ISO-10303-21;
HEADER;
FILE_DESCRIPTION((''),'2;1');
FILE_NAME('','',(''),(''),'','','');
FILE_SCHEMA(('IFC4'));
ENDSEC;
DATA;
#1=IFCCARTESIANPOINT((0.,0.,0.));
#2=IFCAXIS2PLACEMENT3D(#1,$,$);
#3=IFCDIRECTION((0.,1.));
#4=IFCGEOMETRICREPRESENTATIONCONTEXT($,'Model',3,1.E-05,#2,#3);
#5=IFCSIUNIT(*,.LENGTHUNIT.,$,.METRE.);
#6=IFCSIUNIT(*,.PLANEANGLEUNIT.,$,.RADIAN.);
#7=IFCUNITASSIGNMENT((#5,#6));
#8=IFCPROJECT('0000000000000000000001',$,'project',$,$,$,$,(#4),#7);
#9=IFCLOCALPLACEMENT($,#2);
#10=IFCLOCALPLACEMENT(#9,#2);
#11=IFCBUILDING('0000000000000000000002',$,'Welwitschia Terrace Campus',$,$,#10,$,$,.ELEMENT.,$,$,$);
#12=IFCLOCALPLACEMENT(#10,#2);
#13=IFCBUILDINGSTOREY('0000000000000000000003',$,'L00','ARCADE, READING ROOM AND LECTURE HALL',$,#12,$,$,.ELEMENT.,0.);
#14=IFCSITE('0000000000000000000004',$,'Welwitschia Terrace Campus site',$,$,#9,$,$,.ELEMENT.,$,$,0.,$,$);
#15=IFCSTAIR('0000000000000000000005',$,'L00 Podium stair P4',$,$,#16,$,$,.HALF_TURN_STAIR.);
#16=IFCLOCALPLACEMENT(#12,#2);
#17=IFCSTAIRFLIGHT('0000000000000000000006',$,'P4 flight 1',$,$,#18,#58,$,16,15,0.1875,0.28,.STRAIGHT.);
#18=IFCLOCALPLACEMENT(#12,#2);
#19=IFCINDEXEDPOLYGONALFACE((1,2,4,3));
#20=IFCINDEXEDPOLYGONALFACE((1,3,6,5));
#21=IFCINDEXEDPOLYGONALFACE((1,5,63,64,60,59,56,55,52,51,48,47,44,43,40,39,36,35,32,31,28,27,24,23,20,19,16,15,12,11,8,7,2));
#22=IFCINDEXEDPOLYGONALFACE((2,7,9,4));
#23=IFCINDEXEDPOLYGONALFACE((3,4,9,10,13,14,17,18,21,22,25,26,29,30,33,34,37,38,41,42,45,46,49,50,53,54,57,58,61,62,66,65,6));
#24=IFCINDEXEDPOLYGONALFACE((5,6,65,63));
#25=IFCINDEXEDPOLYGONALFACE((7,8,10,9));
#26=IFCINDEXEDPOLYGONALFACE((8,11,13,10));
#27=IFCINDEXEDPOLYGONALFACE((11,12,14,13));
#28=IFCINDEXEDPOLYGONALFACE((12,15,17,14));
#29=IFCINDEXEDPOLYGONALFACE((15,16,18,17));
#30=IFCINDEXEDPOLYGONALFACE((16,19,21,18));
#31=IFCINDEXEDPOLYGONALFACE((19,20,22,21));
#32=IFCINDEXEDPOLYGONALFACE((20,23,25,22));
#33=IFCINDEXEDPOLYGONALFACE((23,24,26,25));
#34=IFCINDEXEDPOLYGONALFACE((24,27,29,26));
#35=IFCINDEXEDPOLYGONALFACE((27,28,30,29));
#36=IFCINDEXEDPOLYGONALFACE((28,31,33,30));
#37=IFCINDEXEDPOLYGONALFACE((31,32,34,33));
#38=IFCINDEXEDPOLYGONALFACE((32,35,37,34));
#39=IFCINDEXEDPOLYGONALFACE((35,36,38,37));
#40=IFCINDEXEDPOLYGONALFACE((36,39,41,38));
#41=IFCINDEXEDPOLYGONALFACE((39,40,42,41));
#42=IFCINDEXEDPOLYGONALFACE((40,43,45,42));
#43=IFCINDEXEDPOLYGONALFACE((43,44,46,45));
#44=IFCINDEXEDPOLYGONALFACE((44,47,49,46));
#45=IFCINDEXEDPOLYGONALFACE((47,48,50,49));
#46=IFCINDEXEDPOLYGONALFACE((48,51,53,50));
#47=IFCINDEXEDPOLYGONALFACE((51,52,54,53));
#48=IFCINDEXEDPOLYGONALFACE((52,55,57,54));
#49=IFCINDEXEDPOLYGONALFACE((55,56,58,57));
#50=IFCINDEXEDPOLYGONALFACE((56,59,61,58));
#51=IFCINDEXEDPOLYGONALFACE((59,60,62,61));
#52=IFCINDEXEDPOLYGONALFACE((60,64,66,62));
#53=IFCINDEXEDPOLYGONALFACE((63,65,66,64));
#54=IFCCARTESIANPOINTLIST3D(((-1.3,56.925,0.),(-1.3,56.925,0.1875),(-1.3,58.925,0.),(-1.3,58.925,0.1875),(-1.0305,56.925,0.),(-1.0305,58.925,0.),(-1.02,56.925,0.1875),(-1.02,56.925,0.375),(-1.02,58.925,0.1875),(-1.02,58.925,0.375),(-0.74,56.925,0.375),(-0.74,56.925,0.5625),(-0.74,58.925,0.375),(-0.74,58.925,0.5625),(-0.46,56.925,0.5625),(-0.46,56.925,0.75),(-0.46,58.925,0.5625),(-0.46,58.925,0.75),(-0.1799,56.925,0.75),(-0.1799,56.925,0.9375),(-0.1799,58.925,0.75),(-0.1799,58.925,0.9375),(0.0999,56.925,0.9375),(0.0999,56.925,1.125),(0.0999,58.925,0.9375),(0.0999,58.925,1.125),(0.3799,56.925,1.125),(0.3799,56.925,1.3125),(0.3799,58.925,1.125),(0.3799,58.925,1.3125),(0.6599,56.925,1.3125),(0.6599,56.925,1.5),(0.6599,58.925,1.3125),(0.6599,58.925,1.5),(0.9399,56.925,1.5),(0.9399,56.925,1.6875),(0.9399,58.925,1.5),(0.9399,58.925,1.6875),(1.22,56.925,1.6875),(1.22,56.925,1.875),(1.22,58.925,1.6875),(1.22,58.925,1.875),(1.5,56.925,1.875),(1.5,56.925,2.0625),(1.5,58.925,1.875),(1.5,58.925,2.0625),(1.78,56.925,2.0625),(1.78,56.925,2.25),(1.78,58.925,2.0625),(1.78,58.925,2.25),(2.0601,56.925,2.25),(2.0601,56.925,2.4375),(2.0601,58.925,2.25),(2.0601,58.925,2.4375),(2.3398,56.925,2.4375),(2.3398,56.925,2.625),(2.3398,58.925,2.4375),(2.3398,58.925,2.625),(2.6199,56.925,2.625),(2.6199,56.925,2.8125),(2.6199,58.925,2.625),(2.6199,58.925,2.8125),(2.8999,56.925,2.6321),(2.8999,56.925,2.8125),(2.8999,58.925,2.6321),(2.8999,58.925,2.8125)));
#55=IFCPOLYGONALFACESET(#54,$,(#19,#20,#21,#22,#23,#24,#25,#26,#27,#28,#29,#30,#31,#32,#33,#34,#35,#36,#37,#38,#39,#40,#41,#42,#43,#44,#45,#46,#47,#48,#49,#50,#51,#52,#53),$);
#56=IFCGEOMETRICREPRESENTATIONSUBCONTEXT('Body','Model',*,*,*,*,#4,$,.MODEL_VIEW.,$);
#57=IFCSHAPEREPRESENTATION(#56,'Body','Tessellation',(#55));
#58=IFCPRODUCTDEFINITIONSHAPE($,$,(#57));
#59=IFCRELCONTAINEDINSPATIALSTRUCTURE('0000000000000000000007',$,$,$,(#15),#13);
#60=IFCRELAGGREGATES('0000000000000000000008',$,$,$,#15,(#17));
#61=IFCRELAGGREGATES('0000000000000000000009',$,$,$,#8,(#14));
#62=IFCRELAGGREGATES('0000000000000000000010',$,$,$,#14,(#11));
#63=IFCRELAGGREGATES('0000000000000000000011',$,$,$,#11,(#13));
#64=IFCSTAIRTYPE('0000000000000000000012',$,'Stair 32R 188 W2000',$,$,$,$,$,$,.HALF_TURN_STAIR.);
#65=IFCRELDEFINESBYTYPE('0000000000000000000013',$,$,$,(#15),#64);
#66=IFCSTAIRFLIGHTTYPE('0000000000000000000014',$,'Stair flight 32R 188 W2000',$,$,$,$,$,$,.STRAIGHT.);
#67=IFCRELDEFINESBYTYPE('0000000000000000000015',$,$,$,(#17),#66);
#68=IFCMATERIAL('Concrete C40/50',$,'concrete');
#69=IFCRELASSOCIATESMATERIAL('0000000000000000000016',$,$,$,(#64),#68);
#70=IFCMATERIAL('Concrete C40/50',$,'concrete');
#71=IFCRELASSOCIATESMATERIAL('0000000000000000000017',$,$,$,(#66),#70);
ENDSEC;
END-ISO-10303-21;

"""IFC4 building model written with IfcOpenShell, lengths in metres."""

from ifc_helpers import new_model, si_unit, direction, frame, origin, place, context, subcontext, project, spatial, polyline, outline, extrude, material, type_object, element, aggregate, save


model = new_model("IFC4")

# Units and contexts
model_context = context("Model", 3, precision=1e-05, world=origin(), true_north=direction((0.0, 1.0)))
body_context = subcontext(model_context, "Body", "Model", "MODEL_VIEW")
ifc_project = project(units=[si_unit("LENGTHUNIT", "METRE"), si_unit("PLANEANGLEUNIT", "RADIAN")], contexts=[model_context])

# Site, building, storey
site_placement = place(None, origin())
site = spatial("IfcSite", under=ifc_project, at=site_placement, Name="Welwitschia Terrace Campus site", CompositionType="ELEMENT", RefElevation=0.0)
building_placement = place(site_placement, origin())
building = spatial("IfcBuilding", under=site, at=building_placement, Name="Welwitschia Terrace Campus", CompositionType="ELEMENT")
storey_placement = place(building_placement, origin())
storey = spatial("IfcBuildingStorey", under=building, at=storey_placement, Name="L00", Description="ARCADE, READING ROOM AND LECTURE HALL", CompositionType="ELEMENT", Elevation=0.0)

# Stair, stair flight
ifc_material_1 = material(Name="Concrete C40/50", Category="concrete")
stair_type = type_object("IfcStairType", Name="Stair 32R 188 W2000", PredefinedType="HALF_TURN_STAIR", material=ifc_material_1)
stair_placement = place(storey_placement, origin())
stair = element("IfcStair", 1, at=stair_placement, inside=storey, type_object=stair_type, Name="L00 Podium stair P4", PredefinedType="HALF_TURN_STAIR")
ifc_material_2 = material(Name="Concrete C40/50", Category="concrete")
stair_flight_type = type_object("IfcStairFlightType", Name="Stair flight 32R 188 W2000", PredefinedType="STRAIGHT", material=ifc_material_2)
stair_flight_placement = place(storey_placement, frame((-1.3, 57.925, 0.0), z_axis=(0.0, 0.0, 1.0), x_axis=(1.0, 0.0, 0.0)))
stair_flight = element("IfcStairFlight", 2, at=stair_flight_placement, type_object=stair_flight_type, Name="P4 flight 1", NumberOfRisers=16, NumberOfTreads=15, PredefinedType="STRAIGHT", RiserHeight=0.1875, TreadLength=0.28, context=body_context, shape_type="SweptSolid", body=[
    extrude(outline(polyline([(0.0, 0.0), (0.0, 0.1875), (0.28, 0.1875), (0.28, 0.375), (0.5601, 0.375), (0.5601, 0.5625), (0.8401, 0.5625), (0.8401, 0.75), (1.1201, 0.75), (1.1201, 0.9375), (1.3999, 0.9375), (1.3999, 1.125), (1.6799, 1.125), (1.6799, 1.3125), (1.96, 1.3125), (1.96, 1.5), (2.24, 1.5), (2.24, 1.6875), (2.52, 1.6875), (2.52, 1.875), (2.8, 1.875), (2.8, 2.0625), (3.0801, 2.0625), (3.0801, 2.25), (3.3601, 2.25), (3.3601, 2.4375), (3.6399, 2.4375), (3.6399, 2.625), (3.9199, 2.625), (3.9199, 2.8125), (4.2, 2.8125), (4.2, 3.0), (4.2, 2.6321), (0.2695, 0.0), (0.0, 0.0)])), frame((0.0, 1.0, 0.0), z_axis=(0.0, -1.0, 0.0), x_axis=(1.0, 0.0, 0.0)), (0.0, 0.0, 1.0), 2.0),
])
aggregate(stair, [stair_flight])

save(model, "model.ifc")
